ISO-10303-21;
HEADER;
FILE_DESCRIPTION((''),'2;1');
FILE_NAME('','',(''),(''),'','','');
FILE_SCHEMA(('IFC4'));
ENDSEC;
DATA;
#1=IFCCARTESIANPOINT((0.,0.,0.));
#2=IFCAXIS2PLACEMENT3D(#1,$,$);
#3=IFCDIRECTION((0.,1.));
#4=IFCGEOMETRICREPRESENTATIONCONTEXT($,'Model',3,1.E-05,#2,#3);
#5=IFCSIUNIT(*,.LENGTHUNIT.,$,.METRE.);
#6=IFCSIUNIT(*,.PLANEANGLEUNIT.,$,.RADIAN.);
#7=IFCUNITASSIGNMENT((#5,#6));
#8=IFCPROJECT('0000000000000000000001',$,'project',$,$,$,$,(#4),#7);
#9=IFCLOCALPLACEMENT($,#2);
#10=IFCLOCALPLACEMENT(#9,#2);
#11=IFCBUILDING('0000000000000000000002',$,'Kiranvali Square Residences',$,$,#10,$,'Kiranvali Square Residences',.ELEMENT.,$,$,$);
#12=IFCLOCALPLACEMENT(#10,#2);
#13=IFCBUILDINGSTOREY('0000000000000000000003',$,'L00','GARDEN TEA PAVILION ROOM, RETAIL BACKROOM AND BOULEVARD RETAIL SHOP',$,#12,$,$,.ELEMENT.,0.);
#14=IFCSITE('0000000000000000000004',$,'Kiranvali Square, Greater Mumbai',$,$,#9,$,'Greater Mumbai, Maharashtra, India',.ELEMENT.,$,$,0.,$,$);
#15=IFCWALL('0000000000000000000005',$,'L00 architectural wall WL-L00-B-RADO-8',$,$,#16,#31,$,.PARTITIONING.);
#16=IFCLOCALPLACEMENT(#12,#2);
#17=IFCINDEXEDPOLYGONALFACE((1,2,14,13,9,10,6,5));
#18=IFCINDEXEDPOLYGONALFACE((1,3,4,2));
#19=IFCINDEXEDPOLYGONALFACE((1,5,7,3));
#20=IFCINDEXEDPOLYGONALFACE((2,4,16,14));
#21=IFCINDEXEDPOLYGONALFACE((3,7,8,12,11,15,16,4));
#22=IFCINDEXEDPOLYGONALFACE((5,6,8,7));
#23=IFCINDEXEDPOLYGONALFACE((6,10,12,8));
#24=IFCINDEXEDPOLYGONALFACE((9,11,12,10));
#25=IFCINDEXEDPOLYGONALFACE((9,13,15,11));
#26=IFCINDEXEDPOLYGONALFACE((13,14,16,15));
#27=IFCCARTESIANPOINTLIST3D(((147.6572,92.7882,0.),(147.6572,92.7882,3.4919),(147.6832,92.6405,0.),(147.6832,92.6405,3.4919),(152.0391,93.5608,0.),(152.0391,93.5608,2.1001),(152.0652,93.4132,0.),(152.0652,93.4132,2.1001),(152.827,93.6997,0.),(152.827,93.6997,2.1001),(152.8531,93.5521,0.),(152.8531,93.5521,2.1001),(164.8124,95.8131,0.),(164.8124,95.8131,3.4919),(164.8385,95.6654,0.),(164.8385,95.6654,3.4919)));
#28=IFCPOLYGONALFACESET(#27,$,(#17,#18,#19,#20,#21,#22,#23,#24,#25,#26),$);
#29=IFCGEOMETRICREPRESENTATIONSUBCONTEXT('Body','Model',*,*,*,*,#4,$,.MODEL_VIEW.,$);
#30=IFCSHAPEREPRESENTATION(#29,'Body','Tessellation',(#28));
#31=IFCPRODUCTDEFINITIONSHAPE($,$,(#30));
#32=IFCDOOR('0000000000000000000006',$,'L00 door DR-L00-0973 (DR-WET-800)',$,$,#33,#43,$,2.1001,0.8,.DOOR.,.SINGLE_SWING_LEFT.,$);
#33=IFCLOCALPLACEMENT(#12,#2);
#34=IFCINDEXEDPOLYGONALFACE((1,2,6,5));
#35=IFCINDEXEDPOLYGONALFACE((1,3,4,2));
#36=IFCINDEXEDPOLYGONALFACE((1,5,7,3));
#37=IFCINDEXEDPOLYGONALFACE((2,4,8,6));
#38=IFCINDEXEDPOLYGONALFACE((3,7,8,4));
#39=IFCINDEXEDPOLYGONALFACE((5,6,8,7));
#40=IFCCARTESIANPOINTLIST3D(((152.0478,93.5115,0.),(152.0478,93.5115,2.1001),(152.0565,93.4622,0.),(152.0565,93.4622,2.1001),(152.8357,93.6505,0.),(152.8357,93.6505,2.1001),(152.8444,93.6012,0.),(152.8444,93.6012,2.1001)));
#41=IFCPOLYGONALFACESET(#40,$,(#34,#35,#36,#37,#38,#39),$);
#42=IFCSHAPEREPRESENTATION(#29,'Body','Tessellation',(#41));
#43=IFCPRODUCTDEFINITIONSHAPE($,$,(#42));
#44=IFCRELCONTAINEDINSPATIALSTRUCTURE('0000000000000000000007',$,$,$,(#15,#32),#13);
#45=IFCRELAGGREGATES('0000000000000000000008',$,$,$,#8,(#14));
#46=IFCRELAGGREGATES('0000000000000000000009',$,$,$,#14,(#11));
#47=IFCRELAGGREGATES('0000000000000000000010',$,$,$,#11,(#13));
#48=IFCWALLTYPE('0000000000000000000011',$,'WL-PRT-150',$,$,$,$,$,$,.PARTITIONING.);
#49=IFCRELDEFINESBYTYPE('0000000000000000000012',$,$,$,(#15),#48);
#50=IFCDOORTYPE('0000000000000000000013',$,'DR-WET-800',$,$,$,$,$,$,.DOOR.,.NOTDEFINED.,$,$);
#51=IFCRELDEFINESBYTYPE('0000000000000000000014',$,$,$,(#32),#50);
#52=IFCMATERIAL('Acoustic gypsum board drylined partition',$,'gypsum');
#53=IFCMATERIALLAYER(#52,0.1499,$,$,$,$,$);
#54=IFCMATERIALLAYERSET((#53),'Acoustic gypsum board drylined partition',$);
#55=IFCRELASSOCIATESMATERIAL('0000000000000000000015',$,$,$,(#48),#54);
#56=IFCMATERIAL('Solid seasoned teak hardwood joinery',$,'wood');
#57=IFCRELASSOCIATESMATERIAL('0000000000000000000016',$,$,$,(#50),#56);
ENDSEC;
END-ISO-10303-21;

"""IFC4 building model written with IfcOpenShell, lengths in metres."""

from ifc_helpers import new_model, si_unit, direction, frame, frame_2d, origin, place, context, subcontext, project, spatial, rectangle, extrude, material, layer, layer_set, type_object, element, fill, save


model = new_model("IFC4")

# Units and contexts
model_context = context("Model", 3, precision=1e-05, world=origin(), true_north=direction((0.0, 1.0)))
body_context = subcontext(model_context, "Body", "Model", "MODEL_VIEW")
ifc_project = project(units=[si_unit("LENGTHUNIT", "METRE"), si_unit("PLANEANGLEUNIT", "RADIAN")], contexts=[model_context])

# Site, building, storey
site_placement = place(None, origin())
site = spatial("IfcSite", under=ifc_project, at=site_placement, Name="Kiranvali Square, Greater Mumbai", LongName="Greater Mumbai, Maharashtra, India", CompositionType="ELEMENT", RefElevation=0.0)
building_placement = place(site_placement, origin())
building = spatial("IfcBuilding", under=site, at=building_placement, Name="Kiranvali Square Residences", LongName="Kiranvali Square Residences", CompositionType="ELEMENT")
storey_placement = place(building_placement, origin())
storey = spatial("IfcBuildingStorey", under=building, at=storey_placement, Name="L00", Description="GARDEN TEA PAVILION ROOM, RETAIL BACKROOM AND BOULEVARD RETAIL SHOP", CompositionType="ELEMENT", Elevation=0.0)

# Wall, opening, door
ifc_material_1 = material(Name="Acoustic gypsum board drylined partition", Category="gypsum")
ifc_layer_1 = layer(ifc_material_1, 0.1499)
ifc_layer_set_1 = layer_set([ifc_layer_1], Name="Acoustic gypsum board drylined partition")
wall_type_1 = type_object("IfcWallType", Name="WL-PRT-150", PredefinedType="PARTITIONING", material=ifc_layer_set_1)
wall_1_placement = place(storey_placement, frame((147.6702, 92.7144, 0.0), z_axis=(0.0, 0.0, 1.0), x_axis=(0.984808, 0.173646, 0.0)))
wall_1 = element("IfcWall", 1, at=wall_1_placement, inside=storey, type_object=wall_type_1, Name="L00 architectural wall WL-L00-B-RADO-8", PredefinedType="PARTITIONING", context=body_context, shape_type="SweptSolid", body=[
    extrude(rectangle(XDim=17.4199, YDim=0.1499, at=frame_2d((8.71, 0.0))), origin(), (0.0, 0.0, 1.0), 3.4919),
])
opening_1_placement = place(wall_1_placement, frame((4.4497, 0.0, 0.0)))
opening_1 = element("IfcOpeningElement", 2, at=opening_1_placement, cuts=wall_1, PredefinedType="OPENING", context=body_context, shape_type="SweptSolid", body=[
    extrude(rectangle(XDim=0.8, YDim=2.1001, at=frame_2d((0.3999, 1.05))), frame((0.0, 0.085, 0.0), z_axis=(0.0, -1.0, 0.0), x_axis=(1.0, 0.0, 0.0)), (0.0, 0.0, 1.0), 0.1699),
])
ifc_material_2 = material(Name="Solid seasoned teak hardwood joinery", Category="wood")
door_type_1 = type_object("IfcDoorType", Name="DR-WET-800", OperationType="NOTDEFINED", PredefinedType="DOOR", material=ifc_material_2)
door_1_placement = place(opening_1_placement, origin())
door_1 = element("IfcDoor", 3, at=door_1_placement, inside=storey, type_object=door_type_1, Name="L00 door DR-L00-0973 (DR-WET-800)", OperationType="SINGLE_SWING_LEFT", OverallHeight=2.1001, OverallWidth=0.8, PredefinedType="DOOR", context=body_context, shape_type="SweptSolid", body=[
    extrude(rectangle(XDim=0.8, YDim=2.1001, at=frame_2d((0.3999, 1.05))), frame((0.0, 0.0249, 0.0), z_axis=(0.0, -1.0, 0.0), x_axis=(1.0, 0.0, 0.0)), (0.0, 0.0, 1.0), 0.05),
])
fill(opening_1, door_1)

save(model, "model.ifc")
